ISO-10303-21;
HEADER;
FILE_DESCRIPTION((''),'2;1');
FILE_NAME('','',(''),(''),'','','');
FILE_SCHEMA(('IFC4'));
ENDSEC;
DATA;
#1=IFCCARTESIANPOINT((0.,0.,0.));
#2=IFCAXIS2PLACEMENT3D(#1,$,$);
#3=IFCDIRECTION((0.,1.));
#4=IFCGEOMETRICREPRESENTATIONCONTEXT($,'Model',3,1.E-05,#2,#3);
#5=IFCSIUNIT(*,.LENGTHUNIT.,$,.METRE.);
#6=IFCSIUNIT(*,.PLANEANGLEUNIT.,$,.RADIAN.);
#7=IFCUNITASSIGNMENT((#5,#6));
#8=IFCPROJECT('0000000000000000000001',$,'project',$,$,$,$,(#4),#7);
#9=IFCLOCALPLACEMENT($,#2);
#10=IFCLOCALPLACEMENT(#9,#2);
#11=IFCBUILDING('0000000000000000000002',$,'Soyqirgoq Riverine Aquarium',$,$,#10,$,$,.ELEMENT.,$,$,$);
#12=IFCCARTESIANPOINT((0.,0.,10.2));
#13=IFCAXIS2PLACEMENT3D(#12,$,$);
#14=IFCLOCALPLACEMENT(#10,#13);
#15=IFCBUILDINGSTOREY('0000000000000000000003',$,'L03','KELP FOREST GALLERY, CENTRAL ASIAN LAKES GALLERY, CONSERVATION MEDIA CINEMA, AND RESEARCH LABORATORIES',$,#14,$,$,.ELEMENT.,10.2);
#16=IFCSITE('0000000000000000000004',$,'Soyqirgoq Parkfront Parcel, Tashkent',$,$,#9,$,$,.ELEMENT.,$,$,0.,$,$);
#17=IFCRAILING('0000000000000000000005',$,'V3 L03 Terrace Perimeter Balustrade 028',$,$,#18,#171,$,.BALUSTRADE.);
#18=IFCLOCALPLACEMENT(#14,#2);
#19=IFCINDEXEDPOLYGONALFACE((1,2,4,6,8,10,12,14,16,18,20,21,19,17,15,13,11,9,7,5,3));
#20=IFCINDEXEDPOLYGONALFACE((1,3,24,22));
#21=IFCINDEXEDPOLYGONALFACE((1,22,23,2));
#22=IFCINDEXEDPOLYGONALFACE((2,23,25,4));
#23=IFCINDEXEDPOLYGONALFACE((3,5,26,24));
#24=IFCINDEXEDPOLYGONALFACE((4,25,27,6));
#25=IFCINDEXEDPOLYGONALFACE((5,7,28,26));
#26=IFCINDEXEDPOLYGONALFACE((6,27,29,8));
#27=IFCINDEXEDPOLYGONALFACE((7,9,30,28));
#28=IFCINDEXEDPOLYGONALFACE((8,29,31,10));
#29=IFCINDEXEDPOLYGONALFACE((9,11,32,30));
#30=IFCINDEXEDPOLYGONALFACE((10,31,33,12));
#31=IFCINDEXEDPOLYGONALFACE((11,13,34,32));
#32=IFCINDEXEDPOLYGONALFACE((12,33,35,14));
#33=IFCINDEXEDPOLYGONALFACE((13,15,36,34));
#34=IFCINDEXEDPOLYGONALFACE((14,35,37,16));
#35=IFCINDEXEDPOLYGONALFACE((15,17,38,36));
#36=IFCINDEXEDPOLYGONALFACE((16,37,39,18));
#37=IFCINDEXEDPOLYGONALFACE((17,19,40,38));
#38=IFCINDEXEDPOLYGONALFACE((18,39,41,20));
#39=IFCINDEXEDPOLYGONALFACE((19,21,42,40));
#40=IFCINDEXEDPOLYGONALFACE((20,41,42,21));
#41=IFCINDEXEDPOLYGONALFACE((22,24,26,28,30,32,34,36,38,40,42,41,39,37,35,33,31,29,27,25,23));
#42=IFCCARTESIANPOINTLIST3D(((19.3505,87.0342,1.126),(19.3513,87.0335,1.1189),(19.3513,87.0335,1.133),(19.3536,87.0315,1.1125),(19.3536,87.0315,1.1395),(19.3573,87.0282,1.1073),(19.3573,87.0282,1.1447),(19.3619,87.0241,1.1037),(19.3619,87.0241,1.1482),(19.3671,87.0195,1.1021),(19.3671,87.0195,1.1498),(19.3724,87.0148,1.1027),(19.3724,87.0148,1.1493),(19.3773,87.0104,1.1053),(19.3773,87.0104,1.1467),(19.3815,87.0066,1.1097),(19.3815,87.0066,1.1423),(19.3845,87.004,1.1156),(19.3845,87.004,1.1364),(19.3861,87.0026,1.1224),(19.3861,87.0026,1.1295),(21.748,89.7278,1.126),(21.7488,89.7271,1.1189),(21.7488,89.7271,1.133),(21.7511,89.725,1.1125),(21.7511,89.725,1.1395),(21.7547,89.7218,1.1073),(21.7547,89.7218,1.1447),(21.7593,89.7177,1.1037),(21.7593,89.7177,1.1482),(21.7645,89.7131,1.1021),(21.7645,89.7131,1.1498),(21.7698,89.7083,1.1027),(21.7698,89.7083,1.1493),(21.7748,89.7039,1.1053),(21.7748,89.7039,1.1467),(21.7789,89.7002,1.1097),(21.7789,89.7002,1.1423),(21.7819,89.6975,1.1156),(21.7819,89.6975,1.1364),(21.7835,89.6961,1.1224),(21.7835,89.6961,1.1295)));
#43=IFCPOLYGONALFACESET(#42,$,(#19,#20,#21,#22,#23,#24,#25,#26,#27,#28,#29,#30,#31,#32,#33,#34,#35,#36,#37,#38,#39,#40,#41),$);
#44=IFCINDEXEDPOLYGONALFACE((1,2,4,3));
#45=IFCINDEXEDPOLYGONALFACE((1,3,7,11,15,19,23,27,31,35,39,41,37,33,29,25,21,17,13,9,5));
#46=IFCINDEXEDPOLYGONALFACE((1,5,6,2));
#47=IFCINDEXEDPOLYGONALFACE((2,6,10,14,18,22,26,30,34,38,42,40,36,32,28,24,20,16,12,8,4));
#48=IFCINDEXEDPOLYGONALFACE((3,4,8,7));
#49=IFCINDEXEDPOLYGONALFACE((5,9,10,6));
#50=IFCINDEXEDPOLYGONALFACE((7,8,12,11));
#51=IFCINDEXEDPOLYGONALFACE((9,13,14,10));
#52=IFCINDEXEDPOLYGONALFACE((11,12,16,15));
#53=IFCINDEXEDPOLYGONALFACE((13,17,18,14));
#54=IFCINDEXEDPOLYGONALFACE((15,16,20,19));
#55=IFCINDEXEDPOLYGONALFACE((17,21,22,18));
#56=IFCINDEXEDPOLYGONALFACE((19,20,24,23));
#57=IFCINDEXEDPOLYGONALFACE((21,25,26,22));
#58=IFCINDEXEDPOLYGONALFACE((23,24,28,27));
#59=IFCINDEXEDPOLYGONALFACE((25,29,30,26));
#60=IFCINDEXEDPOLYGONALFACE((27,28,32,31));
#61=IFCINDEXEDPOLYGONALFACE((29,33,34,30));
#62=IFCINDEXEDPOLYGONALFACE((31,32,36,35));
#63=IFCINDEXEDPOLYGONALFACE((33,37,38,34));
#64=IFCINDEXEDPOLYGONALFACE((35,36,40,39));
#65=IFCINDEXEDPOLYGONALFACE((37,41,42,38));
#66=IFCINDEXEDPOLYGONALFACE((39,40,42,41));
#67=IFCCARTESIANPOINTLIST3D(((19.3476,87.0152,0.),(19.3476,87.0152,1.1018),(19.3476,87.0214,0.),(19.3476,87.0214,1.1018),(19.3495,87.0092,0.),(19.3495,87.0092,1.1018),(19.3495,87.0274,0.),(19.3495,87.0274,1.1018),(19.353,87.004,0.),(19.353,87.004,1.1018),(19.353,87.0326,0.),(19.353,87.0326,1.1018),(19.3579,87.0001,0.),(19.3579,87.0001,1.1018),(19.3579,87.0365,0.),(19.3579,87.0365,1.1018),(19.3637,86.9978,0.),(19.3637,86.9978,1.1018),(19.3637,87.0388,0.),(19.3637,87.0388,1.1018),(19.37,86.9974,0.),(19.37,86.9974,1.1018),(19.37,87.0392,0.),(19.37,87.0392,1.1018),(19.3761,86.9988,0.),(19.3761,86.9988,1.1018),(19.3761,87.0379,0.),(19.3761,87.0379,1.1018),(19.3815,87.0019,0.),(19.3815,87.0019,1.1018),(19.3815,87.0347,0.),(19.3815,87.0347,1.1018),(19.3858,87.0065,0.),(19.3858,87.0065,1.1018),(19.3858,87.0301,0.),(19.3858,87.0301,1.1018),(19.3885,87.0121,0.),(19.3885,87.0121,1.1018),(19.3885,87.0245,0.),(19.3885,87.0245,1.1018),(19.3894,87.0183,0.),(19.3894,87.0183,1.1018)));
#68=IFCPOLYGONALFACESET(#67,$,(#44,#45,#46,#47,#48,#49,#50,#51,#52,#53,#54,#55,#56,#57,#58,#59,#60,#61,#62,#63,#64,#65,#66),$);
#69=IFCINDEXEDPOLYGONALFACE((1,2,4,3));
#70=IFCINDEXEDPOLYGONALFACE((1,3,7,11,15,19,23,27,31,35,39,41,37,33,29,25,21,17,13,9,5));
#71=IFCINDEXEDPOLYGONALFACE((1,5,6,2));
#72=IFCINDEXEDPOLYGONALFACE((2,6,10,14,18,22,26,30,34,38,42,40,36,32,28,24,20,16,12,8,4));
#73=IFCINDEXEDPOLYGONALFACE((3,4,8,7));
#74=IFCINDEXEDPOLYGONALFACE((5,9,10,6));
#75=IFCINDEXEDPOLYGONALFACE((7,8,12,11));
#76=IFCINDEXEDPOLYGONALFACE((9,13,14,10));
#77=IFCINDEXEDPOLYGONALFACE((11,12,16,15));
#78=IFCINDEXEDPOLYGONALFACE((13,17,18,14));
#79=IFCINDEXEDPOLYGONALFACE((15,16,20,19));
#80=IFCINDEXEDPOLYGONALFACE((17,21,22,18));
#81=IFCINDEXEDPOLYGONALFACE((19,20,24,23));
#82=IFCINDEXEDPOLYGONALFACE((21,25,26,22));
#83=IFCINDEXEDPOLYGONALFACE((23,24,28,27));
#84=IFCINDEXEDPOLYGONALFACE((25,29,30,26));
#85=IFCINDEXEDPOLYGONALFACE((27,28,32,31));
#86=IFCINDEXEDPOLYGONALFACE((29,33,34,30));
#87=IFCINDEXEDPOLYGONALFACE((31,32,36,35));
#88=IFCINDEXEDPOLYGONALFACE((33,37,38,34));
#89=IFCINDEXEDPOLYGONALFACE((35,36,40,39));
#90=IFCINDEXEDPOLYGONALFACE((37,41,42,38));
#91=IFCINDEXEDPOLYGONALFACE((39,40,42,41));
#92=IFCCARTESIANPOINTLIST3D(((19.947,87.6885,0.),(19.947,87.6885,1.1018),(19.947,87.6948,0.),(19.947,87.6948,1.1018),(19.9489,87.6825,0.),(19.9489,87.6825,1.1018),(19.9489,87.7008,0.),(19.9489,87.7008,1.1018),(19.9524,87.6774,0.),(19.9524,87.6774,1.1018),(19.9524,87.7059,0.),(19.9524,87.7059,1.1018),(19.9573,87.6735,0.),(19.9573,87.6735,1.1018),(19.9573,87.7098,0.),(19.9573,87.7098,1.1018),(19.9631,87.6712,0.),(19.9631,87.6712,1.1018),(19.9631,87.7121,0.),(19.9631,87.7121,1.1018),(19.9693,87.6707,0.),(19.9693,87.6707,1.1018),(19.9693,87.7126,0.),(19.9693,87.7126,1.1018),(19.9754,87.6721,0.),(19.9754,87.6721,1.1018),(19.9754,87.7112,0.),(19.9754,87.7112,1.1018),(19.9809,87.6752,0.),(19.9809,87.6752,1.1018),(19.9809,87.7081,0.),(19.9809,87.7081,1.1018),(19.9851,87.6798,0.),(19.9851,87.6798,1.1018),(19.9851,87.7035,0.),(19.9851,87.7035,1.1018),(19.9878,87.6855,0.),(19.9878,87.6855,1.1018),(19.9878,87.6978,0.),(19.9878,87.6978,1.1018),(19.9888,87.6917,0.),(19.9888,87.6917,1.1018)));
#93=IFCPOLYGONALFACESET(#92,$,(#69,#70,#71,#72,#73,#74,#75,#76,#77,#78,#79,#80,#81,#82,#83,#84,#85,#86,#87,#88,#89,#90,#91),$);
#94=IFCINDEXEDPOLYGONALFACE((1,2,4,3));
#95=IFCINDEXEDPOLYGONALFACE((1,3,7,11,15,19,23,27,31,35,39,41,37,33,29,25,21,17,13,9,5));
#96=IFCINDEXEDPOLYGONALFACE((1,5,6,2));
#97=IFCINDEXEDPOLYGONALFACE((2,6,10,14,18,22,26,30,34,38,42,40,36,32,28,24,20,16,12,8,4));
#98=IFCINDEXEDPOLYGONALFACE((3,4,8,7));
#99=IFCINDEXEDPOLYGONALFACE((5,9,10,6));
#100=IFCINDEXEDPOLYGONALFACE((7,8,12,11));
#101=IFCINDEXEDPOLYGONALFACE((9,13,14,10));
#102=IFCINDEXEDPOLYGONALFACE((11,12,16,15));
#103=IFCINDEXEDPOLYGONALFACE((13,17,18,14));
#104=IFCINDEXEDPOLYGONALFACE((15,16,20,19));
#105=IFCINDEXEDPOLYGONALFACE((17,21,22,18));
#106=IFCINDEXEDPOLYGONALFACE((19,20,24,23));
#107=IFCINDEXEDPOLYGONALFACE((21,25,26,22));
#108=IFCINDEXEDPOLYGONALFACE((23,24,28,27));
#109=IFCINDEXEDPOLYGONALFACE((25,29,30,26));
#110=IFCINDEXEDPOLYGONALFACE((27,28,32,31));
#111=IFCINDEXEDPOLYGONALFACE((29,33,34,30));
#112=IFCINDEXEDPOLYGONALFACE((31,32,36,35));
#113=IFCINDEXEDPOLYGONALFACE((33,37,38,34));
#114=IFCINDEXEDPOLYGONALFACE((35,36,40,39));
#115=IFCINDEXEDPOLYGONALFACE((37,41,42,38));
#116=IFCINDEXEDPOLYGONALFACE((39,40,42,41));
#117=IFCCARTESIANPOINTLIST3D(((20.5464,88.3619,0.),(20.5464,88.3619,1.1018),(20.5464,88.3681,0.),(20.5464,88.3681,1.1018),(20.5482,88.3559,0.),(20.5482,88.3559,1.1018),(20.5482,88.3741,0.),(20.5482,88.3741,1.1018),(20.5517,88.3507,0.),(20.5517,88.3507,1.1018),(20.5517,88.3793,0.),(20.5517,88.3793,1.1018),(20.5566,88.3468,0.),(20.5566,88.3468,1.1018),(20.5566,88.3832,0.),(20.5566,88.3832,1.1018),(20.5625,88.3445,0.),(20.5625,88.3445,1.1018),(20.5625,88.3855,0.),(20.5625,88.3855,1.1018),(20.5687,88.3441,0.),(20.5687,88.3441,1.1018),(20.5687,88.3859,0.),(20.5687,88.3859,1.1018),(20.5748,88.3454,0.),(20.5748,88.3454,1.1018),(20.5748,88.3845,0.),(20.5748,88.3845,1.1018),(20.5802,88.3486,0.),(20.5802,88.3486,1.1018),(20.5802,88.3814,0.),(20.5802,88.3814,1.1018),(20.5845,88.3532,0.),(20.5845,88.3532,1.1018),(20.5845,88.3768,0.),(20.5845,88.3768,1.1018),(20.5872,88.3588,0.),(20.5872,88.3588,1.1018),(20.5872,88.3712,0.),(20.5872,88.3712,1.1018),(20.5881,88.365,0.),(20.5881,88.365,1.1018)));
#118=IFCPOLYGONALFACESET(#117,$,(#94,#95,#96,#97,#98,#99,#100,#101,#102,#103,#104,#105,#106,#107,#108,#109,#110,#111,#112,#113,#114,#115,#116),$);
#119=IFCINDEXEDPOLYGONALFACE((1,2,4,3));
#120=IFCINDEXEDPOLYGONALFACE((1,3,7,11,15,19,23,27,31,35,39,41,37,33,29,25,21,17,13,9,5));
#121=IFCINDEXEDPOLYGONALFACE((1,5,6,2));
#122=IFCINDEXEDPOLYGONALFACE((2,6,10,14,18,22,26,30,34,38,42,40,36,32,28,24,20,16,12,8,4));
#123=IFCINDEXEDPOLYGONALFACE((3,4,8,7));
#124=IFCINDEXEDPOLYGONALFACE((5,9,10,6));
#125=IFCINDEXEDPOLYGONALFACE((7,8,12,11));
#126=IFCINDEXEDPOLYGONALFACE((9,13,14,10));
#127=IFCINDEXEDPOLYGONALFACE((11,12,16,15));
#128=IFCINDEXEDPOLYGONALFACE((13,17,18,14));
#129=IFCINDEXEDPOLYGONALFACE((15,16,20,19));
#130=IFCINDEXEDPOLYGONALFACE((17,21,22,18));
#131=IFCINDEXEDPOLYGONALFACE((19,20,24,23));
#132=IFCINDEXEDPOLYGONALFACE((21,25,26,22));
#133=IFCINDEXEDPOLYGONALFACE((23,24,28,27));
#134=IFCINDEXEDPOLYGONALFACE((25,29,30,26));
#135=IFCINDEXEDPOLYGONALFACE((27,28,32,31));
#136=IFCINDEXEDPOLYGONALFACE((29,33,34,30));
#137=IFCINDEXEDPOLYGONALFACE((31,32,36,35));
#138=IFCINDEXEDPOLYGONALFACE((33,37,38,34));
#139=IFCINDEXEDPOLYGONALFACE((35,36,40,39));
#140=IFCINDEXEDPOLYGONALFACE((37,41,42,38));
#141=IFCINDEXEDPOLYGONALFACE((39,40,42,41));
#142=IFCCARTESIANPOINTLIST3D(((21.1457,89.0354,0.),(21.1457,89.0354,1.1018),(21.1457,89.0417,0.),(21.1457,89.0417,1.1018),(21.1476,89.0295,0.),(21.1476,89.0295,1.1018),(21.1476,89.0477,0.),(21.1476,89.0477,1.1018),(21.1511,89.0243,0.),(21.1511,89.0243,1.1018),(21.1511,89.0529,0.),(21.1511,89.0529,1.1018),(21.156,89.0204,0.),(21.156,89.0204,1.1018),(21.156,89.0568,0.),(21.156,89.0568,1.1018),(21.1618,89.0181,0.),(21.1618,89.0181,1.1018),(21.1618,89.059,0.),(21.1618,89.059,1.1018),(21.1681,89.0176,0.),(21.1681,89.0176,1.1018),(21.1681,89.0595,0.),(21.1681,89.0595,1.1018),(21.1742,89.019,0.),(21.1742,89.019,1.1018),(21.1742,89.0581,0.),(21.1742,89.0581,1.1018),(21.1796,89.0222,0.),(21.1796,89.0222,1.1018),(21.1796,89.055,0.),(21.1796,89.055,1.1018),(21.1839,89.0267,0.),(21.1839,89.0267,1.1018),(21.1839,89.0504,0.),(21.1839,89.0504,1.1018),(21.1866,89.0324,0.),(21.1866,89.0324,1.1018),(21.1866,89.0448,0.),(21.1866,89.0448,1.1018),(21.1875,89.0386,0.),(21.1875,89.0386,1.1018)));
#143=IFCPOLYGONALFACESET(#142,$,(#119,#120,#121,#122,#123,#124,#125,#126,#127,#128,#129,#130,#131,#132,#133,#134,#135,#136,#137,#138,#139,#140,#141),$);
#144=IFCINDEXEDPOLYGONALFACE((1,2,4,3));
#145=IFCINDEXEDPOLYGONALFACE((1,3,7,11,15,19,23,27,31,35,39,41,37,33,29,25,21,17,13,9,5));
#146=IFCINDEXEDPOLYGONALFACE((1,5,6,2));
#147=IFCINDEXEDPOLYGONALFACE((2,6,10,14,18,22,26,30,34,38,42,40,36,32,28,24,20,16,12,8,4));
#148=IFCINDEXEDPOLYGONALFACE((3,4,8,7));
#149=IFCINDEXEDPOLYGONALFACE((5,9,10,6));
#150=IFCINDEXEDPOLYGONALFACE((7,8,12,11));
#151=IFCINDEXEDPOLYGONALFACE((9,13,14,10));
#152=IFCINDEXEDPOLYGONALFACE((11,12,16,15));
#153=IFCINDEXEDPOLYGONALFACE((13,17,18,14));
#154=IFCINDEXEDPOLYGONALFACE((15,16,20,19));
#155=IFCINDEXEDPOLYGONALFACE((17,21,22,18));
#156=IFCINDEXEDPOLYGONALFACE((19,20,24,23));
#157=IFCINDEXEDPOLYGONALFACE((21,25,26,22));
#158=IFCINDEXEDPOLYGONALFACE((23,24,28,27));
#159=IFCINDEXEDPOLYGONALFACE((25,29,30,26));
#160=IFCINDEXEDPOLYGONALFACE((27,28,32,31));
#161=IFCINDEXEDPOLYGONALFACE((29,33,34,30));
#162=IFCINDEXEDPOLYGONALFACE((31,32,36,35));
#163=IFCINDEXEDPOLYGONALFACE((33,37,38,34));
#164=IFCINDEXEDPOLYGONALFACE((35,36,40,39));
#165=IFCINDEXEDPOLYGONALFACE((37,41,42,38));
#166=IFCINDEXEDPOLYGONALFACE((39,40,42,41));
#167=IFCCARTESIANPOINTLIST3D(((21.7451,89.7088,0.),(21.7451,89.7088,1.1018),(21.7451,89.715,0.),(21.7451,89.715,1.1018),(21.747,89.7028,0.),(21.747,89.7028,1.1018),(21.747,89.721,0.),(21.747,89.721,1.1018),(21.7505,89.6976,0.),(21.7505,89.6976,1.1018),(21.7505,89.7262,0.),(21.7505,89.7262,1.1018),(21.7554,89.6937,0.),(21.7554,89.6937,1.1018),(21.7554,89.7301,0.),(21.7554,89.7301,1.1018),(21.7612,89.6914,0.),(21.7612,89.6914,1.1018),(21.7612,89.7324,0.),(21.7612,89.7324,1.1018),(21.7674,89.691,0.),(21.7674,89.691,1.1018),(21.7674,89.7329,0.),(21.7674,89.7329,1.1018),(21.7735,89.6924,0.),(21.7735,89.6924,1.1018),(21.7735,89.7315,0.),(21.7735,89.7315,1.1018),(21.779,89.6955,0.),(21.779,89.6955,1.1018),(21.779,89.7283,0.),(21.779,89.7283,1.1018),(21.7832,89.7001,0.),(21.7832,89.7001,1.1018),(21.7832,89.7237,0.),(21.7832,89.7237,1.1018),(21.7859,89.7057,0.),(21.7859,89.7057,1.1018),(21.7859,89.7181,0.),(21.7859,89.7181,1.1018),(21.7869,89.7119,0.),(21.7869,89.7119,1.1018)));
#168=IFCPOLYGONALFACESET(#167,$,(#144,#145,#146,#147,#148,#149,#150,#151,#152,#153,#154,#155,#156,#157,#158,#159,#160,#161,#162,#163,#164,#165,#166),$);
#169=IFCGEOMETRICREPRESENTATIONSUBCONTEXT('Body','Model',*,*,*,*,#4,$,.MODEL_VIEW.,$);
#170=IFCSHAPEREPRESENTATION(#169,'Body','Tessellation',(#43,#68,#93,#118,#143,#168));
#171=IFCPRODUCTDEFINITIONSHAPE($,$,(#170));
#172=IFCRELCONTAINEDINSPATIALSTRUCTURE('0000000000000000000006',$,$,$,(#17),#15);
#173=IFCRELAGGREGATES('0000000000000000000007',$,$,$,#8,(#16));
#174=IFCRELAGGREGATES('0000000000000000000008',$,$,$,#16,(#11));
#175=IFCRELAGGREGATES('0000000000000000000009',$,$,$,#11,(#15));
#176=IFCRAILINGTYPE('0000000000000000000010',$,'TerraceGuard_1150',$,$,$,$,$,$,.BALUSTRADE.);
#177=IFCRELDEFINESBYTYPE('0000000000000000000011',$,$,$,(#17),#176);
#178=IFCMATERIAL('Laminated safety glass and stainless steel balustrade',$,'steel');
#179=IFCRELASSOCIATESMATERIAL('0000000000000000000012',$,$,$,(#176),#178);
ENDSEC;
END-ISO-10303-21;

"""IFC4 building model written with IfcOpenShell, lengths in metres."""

from ifc_helpers import new_model, si_unit, direction, frame, origin, origin_2d, place, context, subcontext, project, spatial, circle, extrude, material, type_object, element, save


model = new_model("IFC4")

# Units and contexts
model_context = context("Model", 3, precision=1e-05, world=origin(), true_north=direction((0.0, 1.0)))
body_context = subcontext(model_context, "Body", "Model", "MODEL_VIEW")
ifc_project = project(units=[si_unit("LENGTHUNIT", "METRE"), si_unit("PLANEANGLEUNIT", "RADIAN")], contexts=[model_context])

# Site, building, storey
site_placement = place(None, origin())
site = spatial("IfcSite", under=ifc_project, at=site_placement, Name="Soyqirgoq Parkfront Parcel, Tashkent", CompositionType="ELEMENT", RefElevation=0.0)
building_placement = place(site_placement, origin())
building = spatial("IfcBuilding", under=site, at=building_placement, Name="Soyqirgoq Riverine Aquarium", CompositionType="ELEMENT")
storey_placement = place(building_placement, frame((0.0, 0.0, 10.2)))
storey = spatial("IfcBuildingStorey", under=building, at=storey_placement, Name="L03", Description="KELP FOREST GALLERY, CENTRAL ASIAN LAKES GALLERY, CONSERVATION MEDIA CINEMA, AND RESEARCH LABORATORIES", CompositionType="ELEMENT", Elevation=10.2)

# Railing
ifc_material_1 = material(Name="Laminated safety glass and stainless steel balustrade", Category="steel")
railing_type = type_object("IfcRailingType", Name="TerraceGuard_1150", PredefinedType="BALUSTRADE", material=ifc_material_1)
railing_1_placement = place(storey_placement, frame((19.3684, 87.0183, 0.0)))
element("IfcRailing", 1, at=railing_1_placement, inside=storey, type_object=railing_type, Name="V3 L03 Terrace Perimeter Balustrade 028", PredefinedType="BALUSTRADE", context=body_context, shape_type="SweptSolid", body=[
    extrude(circle(Radius=0.0239, at=origin_2d()), frame((0.0, 0.0, 1.126), z_axis=(0.664851, 0.746976, 0.0), x_axis=(-0.746976, 0.664851, 0.0)), (0.0, 0.0, 1.0), 3.606),
    extrude(circle(Radius=0.021, at=origin_2d()), origin(), (0.0, 0.0, 1.0), 1.1018),
    extrude(circle(Radius=0.021, at=origin_2d()), frame((0.5994, 0.6733, 0.0)), (0.0, 0.0, 1.0), 1.1018),
    extrude(circle(Radius=0.021, at=origin_2d()), frame((1.1987, 1.3467, 0.0)), (0.0, 0.0, 1.0), 1.1018),
    extrude(circle(Radius=0.021, at=origin_2d()), frame((1.7981, 2.0203, 0.0)), (0.0, 0.0, 1.0), 1.1018),
    extrude(circle(Radius=0.021, at=origin_2d()), frame((2.3975, 2.6936, 0.0)), (0.0, 0.0, 1.0), 1.1018),
])

save(model, "model.ifc")
